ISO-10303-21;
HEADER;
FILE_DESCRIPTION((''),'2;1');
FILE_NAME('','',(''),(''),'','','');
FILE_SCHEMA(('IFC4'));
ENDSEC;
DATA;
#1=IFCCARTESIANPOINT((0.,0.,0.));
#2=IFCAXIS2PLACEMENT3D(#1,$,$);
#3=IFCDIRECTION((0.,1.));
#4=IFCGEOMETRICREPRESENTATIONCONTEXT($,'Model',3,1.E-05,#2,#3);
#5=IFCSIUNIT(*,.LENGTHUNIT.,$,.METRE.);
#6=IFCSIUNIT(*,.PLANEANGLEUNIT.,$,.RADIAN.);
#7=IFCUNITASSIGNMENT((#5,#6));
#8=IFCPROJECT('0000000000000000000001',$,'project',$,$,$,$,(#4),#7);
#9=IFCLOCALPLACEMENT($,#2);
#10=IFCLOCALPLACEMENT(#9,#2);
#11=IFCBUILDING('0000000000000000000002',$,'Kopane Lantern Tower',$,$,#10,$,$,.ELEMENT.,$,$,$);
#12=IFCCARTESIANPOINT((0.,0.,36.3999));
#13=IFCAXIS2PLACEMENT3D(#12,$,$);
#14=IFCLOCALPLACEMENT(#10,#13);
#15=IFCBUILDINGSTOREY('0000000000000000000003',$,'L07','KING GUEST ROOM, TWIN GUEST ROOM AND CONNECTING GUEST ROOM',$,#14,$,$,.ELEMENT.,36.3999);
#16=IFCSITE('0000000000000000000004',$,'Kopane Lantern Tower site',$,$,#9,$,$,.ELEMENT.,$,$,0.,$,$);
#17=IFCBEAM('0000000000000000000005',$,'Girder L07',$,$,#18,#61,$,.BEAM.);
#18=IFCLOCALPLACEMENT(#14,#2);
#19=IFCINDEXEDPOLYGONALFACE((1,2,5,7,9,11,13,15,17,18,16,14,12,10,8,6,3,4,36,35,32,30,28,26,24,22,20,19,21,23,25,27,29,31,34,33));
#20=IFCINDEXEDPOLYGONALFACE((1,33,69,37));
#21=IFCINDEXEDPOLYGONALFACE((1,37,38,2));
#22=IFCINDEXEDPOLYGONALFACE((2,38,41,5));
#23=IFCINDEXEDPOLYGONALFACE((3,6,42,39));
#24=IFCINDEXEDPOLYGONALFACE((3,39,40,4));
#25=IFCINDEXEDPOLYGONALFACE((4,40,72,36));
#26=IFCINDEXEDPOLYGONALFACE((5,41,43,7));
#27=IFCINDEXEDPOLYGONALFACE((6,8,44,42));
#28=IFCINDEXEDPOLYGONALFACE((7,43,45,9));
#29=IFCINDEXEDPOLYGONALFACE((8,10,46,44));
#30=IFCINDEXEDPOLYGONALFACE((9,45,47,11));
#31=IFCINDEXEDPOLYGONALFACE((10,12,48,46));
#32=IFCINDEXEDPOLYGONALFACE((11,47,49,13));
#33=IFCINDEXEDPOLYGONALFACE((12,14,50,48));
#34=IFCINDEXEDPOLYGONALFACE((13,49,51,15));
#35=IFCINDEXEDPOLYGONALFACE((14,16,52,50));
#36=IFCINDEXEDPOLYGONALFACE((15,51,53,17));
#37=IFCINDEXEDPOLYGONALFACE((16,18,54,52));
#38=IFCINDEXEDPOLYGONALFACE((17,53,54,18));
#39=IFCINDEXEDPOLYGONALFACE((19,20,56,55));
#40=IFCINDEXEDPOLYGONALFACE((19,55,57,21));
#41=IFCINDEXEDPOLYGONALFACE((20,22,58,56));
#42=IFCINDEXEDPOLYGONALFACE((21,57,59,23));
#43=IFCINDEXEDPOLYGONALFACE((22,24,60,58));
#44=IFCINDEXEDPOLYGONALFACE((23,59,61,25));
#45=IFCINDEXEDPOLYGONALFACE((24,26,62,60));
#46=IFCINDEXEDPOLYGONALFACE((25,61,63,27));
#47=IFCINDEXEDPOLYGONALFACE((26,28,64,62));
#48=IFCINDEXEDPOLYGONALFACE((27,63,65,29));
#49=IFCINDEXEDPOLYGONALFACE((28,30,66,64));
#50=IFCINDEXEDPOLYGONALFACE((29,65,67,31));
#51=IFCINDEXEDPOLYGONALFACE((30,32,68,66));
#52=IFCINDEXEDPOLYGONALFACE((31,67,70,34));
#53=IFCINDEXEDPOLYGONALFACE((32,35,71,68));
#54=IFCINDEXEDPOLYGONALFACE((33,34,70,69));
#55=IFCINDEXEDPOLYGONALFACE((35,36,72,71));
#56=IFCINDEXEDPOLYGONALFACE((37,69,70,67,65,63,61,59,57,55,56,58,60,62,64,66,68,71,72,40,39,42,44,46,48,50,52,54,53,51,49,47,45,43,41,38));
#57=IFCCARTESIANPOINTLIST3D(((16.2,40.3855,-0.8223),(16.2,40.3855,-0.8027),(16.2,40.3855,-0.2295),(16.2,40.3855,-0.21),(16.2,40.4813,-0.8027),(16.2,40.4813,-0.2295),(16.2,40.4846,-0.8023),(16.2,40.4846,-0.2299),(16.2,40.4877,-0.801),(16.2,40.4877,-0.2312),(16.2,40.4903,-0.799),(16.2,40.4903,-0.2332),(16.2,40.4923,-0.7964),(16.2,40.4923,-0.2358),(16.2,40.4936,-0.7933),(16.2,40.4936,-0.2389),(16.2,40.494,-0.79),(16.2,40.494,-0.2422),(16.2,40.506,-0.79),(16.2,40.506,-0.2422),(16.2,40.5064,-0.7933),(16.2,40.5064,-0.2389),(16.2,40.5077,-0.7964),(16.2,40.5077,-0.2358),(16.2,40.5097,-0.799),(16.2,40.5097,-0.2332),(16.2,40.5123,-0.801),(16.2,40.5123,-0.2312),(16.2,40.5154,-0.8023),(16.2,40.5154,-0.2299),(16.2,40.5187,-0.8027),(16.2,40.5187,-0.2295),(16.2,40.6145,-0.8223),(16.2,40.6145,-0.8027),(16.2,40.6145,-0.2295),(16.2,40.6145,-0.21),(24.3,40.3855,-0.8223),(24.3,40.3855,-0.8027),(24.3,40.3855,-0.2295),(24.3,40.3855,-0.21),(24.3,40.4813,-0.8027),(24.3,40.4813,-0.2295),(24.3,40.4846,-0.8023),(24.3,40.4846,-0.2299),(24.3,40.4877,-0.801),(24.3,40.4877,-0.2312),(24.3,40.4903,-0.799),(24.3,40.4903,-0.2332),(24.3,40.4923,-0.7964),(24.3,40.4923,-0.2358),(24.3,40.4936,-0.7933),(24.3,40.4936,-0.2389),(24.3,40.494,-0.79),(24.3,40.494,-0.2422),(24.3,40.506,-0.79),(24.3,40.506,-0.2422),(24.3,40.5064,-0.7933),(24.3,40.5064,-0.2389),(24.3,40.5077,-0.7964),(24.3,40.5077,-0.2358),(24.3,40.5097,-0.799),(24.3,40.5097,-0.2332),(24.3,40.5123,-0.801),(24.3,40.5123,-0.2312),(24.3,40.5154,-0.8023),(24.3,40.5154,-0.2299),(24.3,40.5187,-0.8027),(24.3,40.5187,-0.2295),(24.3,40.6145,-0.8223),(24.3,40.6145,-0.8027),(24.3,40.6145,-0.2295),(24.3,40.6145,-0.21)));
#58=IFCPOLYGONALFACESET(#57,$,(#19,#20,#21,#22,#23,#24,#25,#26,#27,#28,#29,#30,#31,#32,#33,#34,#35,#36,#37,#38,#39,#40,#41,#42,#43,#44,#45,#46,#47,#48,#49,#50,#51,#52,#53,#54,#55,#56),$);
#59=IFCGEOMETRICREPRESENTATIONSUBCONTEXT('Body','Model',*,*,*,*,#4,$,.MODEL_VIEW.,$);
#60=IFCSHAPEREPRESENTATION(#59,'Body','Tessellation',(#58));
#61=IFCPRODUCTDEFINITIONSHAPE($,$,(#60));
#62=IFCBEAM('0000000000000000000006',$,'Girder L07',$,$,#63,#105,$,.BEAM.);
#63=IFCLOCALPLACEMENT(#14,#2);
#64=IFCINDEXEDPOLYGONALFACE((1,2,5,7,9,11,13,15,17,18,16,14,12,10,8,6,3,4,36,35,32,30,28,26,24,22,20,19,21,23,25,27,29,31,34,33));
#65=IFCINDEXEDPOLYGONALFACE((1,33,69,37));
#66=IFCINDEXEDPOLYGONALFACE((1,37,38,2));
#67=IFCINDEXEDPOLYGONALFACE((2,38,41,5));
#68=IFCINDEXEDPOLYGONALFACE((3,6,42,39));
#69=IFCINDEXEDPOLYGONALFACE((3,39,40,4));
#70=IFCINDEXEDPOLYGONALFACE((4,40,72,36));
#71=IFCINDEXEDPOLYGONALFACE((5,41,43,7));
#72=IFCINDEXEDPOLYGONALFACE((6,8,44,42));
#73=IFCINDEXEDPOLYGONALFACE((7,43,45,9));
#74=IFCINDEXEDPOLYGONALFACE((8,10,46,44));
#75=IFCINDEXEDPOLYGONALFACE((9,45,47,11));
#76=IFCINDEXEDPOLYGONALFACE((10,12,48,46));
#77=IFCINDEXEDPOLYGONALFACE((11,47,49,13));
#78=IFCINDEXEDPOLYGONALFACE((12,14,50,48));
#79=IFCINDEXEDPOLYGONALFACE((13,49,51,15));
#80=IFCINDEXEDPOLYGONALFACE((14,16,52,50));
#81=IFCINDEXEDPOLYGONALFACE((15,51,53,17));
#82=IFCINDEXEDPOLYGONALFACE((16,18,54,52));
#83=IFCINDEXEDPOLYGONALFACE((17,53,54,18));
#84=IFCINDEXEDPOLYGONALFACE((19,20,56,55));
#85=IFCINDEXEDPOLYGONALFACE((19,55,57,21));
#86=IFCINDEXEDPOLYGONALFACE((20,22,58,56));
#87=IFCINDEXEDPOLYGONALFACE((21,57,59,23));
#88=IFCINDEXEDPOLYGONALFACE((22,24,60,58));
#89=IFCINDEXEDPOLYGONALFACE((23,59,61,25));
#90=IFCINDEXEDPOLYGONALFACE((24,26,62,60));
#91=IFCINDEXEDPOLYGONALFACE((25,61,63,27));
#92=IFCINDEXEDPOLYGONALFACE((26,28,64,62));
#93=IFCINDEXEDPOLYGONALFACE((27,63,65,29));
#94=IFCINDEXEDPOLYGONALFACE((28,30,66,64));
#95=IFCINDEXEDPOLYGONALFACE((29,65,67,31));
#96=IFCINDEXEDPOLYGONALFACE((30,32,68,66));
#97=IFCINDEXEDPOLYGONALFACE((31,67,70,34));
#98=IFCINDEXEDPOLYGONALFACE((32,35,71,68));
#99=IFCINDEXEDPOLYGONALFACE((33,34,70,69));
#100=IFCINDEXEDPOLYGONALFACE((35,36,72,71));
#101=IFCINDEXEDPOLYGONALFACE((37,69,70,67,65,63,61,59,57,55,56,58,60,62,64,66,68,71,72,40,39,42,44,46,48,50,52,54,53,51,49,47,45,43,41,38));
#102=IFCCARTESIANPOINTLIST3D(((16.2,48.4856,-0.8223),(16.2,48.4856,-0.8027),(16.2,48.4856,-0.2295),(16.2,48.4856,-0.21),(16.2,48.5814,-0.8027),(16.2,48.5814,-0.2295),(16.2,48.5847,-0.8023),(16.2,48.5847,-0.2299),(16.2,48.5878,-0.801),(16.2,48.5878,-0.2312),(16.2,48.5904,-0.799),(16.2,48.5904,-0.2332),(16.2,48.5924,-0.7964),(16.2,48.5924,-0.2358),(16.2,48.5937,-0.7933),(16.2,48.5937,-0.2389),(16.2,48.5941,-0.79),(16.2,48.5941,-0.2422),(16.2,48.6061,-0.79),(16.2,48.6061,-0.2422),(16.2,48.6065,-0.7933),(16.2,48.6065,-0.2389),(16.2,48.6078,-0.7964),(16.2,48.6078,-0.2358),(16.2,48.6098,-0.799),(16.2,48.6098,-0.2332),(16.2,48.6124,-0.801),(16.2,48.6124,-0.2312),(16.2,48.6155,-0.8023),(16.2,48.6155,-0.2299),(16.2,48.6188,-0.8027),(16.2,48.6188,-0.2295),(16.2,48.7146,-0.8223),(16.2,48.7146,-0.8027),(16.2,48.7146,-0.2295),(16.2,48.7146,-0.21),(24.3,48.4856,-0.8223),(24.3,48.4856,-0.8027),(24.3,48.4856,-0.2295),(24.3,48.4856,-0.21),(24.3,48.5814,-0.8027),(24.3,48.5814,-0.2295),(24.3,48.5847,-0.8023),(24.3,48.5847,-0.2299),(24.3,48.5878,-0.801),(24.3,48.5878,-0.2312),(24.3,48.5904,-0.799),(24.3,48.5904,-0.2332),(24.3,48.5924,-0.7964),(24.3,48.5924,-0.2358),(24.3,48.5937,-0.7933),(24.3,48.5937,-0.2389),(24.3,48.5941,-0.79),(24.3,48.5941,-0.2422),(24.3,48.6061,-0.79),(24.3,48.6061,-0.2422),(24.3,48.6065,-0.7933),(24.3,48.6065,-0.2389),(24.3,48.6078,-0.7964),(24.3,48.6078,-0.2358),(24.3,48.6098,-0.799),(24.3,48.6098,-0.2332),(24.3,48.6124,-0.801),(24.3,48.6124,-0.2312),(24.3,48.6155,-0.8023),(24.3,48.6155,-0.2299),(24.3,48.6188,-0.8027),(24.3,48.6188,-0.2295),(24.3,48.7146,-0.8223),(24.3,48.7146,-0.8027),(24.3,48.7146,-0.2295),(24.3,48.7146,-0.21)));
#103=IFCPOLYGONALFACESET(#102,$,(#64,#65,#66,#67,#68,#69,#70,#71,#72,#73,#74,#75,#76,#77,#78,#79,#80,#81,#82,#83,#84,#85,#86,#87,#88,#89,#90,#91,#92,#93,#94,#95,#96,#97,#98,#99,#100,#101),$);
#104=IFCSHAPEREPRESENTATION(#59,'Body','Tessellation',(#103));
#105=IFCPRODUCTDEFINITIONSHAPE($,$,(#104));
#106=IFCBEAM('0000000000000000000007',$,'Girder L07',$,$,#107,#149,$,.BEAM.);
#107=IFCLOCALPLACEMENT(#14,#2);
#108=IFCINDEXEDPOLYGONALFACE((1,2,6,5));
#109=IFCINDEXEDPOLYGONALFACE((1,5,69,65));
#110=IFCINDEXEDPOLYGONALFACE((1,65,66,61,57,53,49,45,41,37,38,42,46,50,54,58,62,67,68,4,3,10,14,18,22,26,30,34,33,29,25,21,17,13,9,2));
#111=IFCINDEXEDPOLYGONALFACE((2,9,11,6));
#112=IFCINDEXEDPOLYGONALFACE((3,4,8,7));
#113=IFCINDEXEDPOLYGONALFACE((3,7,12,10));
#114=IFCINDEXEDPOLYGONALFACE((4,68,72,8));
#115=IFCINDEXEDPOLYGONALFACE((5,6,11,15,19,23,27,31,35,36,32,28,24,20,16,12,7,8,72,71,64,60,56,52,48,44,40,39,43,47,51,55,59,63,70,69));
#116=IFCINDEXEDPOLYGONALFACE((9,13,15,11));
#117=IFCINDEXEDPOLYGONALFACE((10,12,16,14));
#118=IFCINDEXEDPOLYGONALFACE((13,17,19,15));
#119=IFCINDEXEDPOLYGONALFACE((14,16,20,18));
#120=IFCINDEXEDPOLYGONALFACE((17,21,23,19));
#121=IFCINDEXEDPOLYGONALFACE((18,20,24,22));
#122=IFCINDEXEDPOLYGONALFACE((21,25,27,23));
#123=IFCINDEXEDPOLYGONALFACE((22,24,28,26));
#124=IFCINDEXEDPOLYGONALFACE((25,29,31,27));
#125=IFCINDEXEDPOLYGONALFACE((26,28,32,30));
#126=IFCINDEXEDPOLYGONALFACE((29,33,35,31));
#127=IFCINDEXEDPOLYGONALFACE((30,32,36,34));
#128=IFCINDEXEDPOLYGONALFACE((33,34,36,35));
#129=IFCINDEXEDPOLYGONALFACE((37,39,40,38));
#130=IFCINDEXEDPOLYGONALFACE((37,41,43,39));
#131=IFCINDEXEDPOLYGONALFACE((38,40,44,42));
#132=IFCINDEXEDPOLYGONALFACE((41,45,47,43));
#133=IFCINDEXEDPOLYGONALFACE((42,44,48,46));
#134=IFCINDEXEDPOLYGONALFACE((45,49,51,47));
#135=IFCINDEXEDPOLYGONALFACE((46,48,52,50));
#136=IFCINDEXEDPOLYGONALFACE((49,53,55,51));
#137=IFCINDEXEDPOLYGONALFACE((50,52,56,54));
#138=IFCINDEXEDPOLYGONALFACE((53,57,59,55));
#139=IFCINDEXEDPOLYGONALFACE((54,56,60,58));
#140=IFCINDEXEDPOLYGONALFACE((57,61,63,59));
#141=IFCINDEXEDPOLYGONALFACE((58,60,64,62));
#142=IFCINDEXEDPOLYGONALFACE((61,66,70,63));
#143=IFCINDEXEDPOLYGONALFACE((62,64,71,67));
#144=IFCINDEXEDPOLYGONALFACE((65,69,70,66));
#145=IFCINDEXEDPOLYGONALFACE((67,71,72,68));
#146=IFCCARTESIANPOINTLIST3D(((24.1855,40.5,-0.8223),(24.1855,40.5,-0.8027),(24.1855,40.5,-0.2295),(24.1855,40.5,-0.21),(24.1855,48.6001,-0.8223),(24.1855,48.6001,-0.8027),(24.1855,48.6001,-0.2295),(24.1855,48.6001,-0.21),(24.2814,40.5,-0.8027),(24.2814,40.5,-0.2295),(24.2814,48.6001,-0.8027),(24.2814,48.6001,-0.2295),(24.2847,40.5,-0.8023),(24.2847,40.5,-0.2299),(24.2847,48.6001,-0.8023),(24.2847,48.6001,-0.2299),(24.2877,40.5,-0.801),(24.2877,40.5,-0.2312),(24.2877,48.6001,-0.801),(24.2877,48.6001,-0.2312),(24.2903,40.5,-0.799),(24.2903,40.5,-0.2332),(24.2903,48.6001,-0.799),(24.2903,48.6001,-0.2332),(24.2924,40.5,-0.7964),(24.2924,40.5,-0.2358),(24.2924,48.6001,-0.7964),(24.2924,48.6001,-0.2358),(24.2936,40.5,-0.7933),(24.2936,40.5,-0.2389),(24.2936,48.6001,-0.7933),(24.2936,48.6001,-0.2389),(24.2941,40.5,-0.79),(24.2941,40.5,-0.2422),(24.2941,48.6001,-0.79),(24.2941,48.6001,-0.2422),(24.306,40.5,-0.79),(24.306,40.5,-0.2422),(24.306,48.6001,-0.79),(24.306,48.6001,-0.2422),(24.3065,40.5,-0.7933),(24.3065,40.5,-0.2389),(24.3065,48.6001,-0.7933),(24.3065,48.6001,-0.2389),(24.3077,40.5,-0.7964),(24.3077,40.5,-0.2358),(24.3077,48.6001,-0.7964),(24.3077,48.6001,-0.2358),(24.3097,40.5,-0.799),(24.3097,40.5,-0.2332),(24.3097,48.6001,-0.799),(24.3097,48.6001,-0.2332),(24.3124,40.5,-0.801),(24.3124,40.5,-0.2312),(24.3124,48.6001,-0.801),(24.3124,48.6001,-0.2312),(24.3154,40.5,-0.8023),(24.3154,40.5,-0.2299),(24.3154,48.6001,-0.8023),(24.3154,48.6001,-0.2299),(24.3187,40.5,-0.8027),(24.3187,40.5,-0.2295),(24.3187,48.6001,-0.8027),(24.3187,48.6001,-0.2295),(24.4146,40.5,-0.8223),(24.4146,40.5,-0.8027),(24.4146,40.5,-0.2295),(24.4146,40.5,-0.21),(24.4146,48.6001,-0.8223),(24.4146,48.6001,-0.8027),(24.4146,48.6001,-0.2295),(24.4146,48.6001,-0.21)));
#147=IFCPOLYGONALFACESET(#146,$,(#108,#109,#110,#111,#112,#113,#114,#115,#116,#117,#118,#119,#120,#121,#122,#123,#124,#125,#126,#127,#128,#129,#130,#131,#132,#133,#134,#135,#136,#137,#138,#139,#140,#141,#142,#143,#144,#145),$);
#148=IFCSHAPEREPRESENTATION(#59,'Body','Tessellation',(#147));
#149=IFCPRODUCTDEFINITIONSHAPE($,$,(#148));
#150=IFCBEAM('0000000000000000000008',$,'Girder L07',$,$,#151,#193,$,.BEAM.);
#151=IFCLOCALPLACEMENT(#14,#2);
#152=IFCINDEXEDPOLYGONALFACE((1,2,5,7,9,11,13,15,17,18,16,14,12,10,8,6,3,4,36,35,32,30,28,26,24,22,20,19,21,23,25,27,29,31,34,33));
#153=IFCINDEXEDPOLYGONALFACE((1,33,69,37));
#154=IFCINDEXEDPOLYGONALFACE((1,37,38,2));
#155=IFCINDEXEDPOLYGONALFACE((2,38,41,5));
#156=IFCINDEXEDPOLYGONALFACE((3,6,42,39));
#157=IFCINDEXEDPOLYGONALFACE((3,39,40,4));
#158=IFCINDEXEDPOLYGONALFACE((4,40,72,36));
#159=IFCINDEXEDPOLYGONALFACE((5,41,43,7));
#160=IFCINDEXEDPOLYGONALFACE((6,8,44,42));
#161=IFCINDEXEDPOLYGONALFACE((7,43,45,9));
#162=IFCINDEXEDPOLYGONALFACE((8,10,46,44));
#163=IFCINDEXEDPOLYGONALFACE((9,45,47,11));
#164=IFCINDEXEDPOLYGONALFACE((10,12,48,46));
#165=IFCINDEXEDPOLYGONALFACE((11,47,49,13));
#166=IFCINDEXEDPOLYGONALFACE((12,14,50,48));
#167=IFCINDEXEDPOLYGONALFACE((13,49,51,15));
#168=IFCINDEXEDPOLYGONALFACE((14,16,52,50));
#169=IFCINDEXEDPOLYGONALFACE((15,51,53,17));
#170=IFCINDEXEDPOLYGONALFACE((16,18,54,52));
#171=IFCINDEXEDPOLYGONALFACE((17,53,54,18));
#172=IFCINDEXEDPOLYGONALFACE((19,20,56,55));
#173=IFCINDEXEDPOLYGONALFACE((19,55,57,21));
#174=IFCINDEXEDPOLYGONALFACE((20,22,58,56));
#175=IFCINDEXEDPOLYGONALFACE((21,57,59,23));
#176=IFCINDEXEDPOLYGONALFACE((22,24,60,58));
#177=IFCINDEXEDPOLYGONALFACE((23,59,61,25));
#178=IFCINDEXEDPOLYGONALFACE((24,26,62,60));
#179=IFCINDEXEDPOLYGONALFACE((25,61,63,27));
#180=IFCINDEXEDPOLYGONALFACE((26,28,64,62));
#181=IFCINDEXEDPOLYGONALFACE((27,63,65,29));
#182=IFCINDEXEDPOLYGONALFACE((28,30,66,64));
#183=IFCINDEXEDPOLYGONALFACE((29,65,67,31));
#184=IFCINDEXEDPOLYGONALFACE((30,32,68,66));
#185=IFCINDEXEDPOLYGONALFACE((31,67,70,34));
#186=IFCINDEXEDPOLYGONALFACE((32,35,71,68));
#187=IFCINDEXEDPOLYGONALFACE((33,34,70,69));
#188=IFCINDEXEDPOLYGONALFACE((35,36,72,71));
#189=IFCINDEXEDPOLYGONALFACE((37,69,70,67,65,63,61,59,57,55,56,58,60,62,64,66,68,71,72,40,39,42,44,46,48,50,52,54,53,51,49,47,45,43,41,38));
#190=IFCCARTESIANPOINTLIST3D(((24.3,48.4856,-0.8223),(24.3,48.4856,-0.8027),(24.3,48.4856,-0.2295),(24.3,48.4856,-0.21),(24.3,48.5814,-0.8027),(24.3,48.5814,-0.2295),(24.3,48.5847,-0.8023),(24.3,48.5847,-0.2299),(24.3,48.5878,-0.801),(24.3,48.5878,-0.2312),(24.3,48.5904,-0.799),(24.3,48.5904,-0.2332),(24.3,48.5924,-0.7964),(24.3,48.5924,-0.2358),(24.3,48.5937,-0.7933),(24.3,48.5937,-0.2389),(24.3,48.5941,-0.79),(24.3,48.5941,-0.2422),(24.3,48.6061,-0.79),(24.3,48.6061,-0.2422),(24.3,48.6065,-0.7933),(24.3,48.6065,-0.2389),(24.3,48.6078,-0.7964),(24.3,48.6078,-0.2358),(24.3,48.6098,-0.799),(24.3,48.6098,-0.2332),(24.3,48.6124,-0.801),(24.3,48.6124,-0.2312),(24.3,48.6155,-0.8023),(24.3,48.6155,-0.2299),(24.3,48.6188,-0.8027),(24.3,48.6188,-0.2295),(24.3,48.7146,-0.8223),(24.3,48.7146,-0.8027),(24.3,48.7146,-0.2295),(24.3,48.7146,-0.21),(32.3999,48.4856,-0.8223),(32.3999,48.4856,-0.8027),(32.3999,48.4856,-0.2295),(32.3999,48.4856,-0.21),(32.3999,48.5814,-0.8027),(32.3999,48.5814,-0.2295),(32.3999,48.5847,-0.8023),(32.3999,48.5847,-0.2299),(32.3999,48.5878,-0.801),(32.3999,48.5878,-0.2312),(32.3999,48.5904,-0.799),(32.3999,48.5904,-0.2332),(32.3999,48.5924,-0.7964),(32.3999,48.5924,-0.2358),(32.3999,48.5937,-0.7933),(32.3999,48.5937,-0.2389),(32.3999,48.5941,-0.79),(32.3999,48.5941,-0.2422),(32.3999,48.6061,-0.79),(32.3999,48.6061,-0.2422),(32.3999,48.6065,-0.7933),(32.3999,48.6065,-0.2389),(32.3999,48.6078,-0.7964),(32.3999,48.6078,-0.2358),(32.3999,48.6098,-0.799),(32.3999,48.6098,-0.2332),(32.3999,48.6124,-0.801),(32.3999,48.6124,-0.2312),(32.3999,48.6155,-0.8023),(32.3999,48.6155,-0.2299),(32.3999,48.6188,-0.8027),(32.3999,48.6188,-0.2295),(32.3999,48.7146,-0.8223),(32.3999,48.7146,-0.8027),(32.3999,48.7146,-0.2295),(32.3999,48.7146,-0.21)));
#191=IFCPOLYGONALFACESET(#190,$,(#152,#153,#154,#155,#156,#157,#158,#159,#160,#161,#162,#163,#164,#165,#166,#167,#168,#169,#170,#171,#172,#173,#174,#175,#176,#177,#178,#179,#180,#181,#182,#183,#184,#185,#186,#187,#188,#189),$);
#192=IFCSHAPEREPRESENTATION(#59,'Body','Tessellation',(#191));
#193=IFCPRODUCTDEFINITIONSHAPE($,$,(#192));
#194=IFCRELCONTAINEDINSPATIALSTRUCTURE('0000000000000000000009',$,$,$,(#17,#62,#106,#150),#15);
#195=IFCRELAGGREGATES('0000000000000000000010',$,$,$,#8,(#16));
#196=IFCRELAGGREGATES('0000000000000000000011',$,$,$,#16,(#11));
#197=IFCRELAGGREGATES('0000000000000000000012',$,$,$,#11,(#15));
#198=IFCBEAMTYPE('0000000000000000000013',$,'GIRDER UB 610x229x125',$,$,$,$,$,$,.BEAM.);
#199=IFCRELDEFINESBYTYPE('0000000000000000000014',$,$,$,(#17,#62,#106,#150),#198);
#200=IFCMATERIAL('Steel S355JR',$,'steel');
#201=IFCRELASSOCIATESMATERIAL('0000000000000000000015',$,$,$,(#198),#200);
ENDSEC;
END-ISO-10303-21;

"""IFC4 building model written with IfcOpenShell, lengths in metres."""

from ifc_helpers import new_model, si_unit, direction, frame, origin, origin_2d, place, context, subcontext, project, spatial, i_section, extrude, material, material_profile, profile_set, type_object, element, save


model = new_model("IFC4")

# Units and contexts
model_context = context("Model", 3, precision=1e-05, world=origin(), true_north=direction((0.0, 1.0)))
body_context = subcontext(model_context, "Body", "Model", "MODEL_VIEW")
ifc_project = project(units=[si_unit("LENGTHUNIT", "METRE"), si_unit("PLANEANGLEUNIT", "RADIAN")], contexts=[model_context])

# Site, building, storey
site_placement = place(None, origin())
site = spatial("IfcSite", under=ifc_project, at=site_placement, Name="Kopane Lantern Tower site", CompositionType="ELEMENT", RefElevation=0.0)
building_placement = place(site_placement, origin())
building = spatial("IfcBuilding", under=site, at=building_placement, Name="Kopane Lantern Tower", CompositionType="ELEMENT")
storey_placement = place(building_placement, frame((0.0, 0.0, 36.3999)))
storey = spatial("IfcBuildingStorey", under=building, at=storey_placement, Name="L07", Description="KING GUEST ROOM, TWIN GUEST ROOM AND CONNECTING GUEST ROOM", CompositionType="ELEMENT", Elevation=36.3999)

# Beams
ifc_material_1 = material(Name="Steel S355JR", Category="steel")
ifc_material_profile_1 = material_profile(ifc_material_1, i_section(OverallWidth=0.229, OverallDepth=0.6123, WebThickness=0.012, FlangeThickness=0.0195, FilletRadius=0.0127, at=origin_2d()), Name="UB 610x229x125")
ifc_profile_set_1 = profile_set([ifc_material_profile_1], Name="Steel S355JR")
beam_type_1 = type_object("IfcBeamType", Name="GIRDER UB 610x229x125", PredefinedType="BEAM", material=ifc_profile_set_1)
for number, where, z_axis, x_axis, name in (
    (1, (16.2, 40.5, -0.5161), (1.0, 0.0, 0.0), (0.0, 1.0, 0.0), "Girder L07"),
    (2, (16.2, 48.6001, -0.5161), (1.0, 0.0, 0.0), (0.0, 1.0, 0.0), "Girder L07"),
    (3, (24.3, 40.5, -0.5161), (0.0, 1.0, 0.0), (-1.0, 0.0, 0.0), "Girder L07"),
):
    element("IfcBeam", number, at=place(storey_placement, frame(where, z_axis=z_axis, x_axis=x_axis)), inside=storey, type_object=beam_type_1, Name=name, PredefinedType="BEAM", context=body_context, shape_type="SweptSolid", body=[
        extrude(i_section(OverallWidth=0.229, OverallDepth=0.6123, WebThickness=0.012, FlangeThickness=0.0195, FilletRadius=0.0127, at=origin_2d()), origin(), (0.0, 0.0, 1.0), 8.1001),
    ])
beam_1_placement = place(storey_placement, frame((24.3, 48.6001, -0.5161), z_axis=(1.0, 0.0, 0.0), x_axis=(0.0, 1.0, 0.0)))
element("IfcBeam", 4, at=beam_1_placement, inside=storey, type_object=beam_type_1, Name="Girder L07", PredefinedType="BEAM", context=body_context, shape_type="SweptSolid", body=[
    extrude(i_section(OverallWidth=0.229, OverallDepth=0.6123, WebThickness=0.012, FlangeThickness=0.0195, FilletRadius=0.0127, at=origin_2d()), origin(), (0.0, 0.0, 1.0), 8.0999),
])

save(model, "model.ifc")
